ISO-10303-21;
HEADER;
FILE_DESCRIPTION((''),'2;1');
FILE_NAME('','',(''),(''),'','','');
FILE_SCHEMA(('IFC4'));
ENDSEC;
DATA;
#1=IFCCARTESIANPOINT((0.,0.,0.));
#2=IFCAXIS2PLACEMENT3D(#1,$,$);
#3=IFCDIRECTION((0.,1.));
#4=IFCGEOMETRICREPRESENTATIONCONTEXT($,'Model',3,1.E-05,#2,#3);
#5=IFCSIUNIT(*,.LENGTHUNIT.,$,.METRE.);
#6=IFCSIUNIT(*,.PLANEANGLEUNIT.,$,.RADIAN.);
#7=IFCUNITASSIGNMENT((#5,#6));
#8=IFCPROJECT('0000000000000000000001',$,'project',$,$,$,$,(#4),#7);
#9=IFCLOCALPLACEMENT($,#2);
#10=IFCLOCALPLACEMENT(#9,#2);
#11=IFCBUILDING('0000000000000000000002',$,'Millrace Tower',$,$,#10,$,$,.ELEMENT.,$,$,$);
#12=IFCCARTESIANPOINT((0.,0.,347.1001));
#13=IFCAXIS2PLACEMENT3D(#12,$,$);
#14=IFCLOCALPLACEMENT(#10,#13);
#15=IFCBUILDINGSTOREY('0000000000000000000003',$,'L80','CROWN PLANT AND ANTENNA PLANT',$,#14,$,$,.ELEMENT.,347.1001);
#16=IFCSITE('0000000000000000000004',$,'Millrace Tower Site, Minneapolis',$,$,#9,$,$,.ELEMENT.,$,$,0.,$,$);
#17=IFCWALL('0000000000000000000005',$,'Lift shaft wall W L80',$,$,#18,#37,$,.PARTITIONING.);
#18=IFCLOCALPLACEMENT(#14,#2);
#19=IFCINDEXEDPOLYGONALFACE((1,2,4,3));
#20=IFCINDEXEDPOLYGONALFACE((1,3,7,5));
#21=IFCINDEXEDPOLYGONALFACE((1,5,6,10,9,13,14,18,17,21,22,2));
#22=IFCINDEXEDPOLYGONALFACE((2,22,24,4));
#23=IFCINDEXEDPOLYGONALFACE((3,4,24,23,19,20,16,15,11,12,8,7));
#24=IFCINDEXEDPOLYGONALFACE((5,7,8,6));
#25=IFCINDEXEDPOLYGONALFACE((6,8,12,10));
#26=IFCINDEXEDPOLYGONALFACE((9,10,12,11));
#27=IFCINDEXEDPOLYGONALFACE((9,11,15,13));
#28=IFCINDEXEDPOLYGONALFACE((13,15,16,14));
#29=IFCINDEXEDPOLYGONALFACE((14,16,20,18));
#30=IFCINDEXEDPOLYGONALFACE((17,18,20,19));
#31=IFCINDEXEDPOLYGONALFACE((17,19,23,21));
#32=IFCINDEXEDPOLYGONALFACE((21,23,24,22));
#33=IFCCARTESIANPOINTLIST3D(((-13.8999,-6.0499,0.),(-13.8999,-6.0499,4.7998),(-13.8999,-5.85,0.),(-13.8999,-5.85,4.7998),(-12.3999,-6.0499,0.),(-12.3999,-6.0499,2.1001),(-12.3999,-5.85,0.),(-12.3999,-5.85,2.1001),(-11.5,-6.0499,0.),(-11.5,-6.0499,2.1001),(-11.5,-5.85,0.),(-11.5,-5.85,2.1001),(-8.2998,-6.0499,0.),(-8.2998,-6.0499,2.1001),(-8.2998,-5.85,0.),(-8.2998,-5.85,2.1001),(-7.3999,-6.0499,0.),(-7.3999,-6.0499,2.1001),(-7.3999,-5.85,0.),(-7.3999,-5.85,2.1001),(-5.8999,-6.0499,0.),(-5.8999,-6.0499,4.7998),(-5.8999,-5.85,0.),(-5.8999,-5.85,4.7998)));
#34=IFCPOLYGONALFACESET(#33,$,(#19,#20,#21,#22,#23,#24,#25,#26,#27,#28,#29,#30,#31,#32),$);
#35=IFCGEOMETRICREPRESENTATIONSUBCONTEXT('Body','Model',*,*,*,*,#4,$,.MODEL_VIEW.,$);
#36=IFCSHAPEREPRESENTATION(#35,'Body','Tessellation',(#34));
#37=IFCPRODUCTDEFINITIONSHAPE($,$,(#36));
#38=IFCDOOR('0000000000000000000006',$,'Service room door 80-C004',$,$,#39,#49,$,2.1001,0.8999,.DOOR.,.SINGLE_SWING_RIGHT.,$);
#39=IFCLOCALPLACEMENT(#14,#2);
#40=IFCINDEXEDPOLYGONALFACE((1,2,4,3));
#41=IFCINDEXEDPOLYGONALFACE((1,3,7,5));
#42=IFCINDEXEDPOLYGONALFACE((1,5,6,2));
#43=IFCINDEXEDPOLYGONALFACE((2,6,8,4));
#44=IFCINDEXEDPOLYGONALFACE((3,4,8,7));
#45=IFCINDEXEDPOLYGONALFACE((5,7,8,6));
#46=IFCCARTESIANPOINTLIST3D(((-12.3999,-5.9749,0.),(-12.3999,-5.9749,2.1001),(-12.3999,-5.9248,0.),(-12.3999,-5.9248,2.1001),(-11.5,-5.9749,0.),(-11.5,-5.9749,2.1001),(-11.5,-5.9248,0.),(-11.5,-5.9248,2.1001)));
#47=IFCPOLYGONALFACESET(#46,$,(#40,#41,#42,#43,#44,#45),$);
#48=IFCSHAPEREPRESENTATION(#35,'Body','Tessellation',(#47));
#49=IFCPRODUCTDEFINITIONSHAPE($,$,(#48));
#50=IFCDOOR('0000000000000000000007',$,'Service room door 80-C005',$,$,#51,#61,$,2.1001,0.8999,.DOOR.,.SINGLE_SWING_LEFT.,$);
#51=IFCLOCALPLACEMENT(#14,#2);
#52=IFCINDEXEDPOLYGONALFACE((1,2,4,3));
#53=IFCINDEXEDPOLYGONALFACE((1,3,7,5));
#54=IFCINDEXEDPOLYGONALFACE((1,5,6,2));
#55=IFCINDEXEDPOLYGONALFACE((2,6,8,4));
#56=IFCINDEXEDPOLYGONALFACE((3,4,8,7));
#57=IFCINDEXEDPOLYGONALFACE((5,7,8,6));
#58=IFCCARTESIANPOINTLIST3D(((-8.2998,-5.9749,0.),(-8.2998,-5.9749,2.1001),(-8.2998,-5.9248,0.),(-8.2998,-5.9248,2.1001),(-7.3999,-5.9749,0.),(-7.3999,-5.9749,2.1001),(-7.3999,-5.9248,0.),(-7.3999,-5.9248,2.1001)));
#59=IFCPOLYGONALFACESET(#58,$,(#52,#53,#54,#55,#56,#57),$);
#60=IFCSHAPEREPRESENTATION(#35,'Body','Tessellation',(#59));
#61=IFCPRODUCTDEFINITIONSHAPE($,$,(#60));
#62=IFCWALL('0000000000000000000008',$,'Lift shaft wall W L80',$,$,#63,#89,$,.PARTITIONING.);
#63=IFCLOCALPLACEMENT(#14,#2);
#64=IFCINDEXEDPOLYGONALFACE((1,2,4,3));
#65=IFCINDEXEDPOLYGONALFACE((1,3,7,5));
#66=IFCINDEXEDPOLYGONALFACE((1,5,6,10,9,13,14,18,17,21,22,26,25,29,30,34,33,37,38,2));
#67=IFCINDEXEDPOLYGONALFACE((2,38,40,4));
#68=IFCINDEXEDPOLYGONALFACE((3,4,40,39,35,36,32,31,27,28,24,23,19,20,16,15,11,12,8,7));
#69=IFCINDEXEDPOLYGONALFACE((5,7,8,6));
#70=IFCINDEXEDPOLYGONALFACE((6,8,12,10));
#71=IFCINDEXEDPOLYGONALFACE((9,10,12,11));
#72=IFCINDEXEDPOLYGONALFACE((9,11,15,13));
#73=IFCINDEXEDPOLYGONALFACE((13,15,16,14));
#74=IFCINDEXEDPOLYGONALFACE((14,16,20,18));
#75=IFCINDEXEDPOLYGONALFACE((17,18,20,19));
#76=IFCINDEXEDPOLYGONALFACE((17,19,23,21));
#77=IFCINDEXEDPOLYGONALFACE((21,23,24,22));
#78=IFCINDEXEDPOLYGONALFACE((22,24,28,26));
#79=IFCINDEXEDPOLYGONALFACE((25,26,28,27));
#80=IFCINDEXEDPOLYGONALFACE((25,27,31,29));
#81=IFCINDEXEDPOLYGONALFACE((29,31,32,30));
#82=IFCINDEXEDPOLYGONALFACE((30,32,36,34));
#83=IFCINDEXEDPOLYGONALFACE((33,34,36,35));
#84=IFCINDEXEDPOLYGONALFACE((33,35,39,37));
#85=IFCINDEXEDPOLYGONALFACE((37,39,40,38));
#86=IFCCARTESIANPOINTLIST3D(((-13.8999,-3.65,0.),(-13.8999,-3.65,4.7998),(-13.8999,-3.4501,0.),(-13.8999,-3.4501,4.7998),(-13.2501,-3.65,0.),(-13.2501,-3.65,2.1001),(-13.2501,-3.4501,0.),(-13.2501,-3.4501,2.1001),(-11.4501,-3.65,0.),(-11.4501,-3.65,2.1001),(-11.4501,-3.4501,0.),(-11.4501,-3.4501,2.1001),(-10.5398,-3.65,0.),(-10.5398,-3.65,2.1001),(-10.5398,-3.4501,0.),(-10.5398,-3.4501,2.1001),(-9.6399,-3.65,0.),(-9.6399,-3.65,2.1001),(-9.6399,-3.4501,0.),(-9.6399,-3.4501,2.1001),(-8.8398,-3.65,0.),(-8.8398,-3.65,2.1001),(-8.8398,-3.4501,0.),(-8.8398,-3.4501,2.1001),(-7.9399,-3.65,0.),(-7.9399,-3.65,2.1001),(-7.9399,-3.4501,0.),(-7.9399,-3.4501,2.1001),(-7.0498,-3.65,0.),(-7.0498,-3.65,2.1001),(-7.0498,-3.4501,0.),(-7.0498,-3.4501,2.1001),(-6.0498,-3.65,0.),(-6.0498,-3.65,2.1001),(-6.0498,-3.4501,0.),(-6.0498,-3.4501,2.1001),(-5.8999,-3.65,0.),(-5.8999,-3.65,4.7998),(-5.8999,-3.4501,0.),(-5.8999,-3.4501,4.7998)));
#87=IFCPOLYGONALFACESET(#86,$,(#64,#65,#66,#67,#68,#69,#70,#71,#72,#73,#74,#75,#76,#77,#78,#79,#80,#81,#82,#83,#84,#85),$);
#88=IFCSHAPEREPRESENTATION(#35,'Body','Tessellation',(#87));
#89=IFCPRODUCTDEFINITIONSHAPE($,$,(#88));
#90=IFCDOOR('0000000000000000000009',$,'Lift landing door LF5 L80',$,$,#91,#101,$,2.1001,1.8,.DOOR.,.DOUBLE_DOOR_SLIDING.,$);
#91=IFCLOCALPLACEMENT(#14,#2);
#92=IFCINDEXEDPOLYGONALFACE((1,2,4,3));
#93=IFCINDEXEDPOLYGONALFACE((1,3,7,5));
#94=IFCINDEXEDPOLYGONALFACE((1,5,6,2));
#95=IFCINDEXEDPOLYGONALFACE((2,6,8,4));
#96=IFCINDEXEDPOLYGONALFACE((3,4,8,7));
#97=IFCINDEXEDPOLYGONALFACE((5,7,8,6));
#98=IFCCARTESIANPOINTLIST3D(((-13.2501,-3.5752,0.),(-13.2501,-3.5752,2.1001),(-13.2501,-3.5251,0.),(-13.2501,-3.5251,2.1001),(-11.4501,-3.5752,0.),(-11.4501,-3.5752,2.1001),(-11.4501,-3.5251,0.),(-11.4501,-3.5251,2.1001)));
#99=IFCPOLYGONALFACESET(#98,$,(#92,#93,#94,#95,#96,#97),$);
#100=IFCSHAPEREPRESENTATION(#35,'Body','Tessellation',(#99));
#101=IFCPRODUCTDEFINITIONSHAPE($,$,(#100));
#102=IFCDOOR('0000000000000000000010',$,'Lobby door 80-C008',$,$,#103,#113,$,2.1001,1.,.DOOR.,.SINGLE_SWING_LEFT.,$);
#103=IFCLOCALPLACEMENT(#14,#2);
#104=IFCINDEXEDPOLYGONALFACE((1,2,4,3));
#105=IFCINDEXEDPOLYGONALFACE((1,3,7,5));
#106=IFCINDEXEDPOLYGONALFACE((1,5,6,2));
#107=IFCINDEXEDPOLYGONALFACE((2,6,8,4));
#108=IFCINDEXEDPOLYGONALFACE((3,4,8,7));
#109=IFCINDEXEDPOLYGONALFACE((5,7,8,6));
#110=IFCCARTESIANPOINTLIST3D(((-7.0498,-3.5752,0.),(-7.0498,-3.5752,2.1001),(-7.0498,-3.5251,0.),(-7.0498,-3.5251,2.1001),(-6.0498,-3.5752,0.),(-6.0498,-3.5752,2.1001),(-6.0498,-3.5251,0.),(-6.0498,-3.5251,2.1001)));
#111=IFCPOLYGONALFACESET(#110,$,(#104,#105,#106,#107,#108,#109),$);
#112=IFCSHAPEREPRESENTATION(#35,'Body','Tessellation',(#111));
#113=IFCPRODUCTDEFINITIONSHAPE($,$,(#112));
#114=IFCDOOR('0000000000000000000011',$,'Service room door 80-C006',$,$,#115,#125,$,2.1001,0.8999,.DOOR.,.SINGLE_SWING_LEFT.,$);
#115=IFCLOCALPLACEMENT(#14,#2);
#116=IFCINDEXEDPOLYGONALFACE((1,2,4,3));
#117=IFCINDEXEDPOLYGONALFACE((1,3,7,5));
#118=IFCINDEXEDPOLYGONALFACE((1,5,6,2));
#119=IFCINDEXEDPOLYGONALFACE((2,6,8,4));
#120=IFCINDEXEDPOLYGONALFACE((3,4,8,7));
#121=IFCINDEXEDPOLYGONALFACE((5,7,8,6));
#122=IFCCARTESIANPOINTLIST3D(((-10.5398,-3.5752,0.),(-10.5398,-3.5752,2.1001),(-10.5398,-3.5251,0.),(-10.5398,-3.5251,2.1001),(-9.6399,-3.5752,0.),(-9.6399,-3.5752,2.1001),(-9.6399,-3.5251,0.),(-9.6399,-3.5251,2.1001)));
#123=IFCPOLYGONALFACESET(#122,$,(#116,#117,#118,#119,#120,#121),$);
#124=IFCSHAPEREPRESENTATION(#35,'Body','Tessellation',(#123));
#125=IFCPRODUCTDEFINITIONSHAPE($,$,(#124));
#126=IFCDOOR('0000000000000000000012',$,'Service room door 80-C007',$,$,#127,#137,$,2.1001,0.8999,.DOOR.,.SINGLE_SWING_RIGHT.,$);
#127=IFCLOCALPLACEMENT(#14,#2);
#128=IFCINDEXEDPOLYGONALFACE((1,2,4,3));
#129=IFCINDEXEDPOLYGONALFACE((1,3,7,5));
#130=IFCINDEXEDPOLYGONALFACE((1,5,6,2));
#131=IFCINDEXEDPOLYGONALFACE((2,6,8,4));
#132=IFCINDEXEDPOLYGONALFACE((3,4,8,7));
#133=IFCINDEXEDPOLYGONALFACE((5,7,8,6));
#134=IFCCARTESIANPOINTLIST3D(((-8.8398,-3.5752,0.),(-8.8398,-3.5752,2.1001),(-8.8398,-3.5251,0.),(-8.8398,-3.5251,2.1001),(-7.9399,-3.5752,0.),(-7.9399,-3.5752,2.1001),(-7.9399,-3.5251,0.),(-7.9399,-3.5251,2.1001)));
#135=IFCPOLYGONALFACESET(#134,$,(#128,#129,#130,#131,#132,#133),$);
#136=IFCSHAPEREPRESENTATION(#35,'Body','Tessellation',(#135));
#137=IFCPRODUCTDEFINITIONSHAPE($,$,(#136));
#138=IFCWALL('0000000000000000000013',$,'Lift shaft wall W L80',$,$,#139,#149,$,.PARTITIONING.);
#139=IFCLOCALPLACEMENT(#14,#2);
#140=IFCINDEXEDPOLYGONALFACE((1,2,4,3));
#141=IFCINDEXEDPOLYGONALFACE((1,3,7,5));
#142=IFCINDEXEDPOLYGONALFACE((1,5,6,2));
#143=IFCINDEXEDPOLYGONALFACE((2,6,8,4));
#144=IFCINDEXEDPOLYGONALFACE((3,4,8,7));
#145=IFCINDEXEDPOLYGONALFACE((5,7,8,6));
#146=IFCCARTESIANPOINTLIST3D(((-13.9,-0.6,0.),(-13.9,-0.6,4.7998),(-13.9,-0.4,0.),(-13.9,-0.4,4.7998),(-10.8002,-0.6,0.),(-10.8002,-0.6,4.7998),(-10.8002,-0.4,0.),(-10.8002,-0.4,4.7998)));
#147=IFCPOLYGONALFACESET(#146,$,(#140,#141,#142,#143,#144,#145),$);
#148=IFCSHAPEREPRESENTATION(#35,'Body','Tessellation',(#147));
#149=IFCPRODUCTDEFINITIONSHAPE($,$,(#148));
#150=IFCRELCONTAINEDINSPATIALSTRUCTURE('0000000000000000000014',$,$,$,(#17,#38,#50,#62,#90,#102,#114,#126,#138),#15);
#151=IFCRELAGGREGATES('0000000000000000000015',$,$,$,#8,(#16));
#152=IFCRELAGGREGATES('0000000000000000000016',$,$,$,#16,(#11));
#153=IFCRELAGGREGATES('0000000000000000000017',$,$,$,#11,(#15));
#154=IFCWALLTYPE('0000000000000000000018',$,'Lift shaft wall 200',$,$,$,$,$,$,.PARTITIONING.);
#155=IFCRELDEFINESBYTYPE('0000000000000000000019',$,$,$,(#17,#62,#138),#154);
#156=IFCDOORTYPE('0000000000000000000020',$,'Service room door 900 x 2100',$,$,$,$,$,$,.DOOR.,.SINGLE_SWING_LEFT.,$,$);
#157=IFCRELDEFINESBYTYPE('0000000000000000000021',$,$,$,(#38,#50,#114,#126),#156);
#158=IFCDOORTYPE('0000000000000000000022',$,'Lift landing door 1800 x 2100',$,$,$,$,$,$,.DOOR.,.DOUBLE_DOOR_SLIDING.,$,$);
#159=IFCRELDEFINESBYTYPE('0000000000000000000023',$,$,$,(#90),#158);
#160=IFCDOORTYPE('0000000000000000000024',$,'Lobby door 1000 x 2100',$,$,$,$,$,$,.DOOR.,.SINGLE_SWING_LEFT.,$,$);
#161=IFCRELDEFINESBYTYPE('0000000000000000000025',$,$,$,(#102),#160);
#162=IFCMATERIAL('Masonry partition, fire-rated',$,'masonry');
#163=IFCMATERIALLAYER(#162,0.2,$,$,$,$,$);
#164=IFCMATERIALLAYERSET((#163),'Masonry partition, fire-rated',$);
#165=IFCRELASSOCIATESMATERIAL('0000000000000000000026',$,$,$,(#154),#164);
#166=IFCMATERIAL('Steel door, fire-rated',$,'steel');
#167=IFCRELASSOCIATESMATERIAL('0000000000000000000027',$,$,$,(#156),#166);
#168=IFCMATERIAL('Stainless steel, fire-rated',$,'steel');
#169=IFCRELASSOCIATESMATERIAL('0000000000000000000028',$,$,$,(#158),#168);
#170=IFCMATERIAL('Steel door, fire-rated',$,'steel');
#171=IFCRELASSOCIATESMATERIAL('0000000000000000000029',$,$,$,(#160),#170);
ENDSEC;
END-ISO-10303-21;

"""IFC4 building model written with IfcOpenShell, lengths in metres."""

from ifc_helpers import new_model, si_unit, direction, frame, frame_2d, origin, place, context, subcontext, project, spatial, rectangle, extrude, material, layer, layer_set, type_object, element, fill, save


model = new_model("IFC4")

# Units and contexts
model_context = context("Model", 3, precision=1e-05, world=origin(), true_north=direction((0.0, 1.0)))
body_context = subcontext(model_context, "Body", "Model", "MODEL_VIEW")
ifc_project = project(units=[si_unit("LENGTHUNIT", "METRE"), si_unit("PLANEANGLEUNIT", "RADIAN")], contexts=[model_context])

# Site, building, storey
site_placement = place(None, origin())
site = spatial("IfcSite", under=ifc_project, at=site_placement, Name="Millrace Tower Site, Minneapolis", CompositionType="ELEMENT", RefElevation=0.0)
building_placement = place(site_placement, origin())
building = spatial("IfcBuilding", under=site, at=building_placement, Name="Millrace Tower", CompositionType="ELEMENT")
storey_placement = place(building_placement, frame((0.0, 0.0, 347.1001)))
storey = spatial("IfcBuildingStorey", under=building, at=storey_placement, Name="L80", Description="CROWN PLANT AND ANTENNA PLANT", CompositionType="ELEMENT", Elevation=347.1001)

# Walls, openings, doors
ifc_material_1 = material(Name="Masonry partition, fire-rated", Category="masonry")
ifc_layer_1 = layer(ifc_material_1, 0.2)
ifc_layer_set_1 = layer_set([ifc_layer_1], Name="Masonry partition, fire-rated")
wall_type_1 = type_object("IfcWallType", Name="Lift shaft wall 200", PredefinedType="PARTITIONING", material=ifc_layer_set_1)
wall_1_placement = place(storey_placement, frame((-13.8999, -5.95, 0.0), z_axis=(0.0, 0.0, 1.0), x_axis=(1.0, 0.0, 0.0)))
wall_1 = element("IfcWall", 1, at=wall_1_placement, inside=storey, type_object=wall_type_1, Name="Lift shaft wall W L80", PredefinedType="PARTITIONING", context=body_context, shape_type="SweptSolid", body=[
    extrude(rectangle(XDim=8.0, YDim=0.2, at=frame_2d((4.0, 0.0))), origin(), (0.0, 0.0, 1.0), 4.7998),
])
opening_1_placement = place(wall_1_placement, frame((1.5, 0.0, 0.0)))
opening_1 = element("IfcOpeningElement", 2, at=opening_1_placement, cuts=wall_1, PredefinedType="OPENING", context=body_context, shape_type="SweptSolid", body=[
    extrude(rectangle(XDim=0.8999, YDim=2.1001, at=frame_2d((0.45, 1.05))), frame((0.0, 0.1099, 0.0), z_axis=(0.0, -1.0, 0.0), x_axis=(1.0, 0.0, 0.0)), (0.0, 0.0, 1.0), 0.22),
])
opening_2_placement = place(wall_1_placement, frame((5.6001, 0.0, 0.0)))
opening_2 = element("IfcOpeningElement", 3, at=opening_2_placement, cuts=wall_1, PredefinedType="OPENING", context=body_context, shape_type="SweptSolid", body=[
    extrude(rectangle(XDim=0.8999, YDim=2.1001, at=frame_2d((0.45, 1.05))), frame((0.0, 0.1099, 0.0), z_axis=(0.0, -1.0, 0.0), x_axis=(1.0, 0.0, 0.0)), (0.0, 0.0, 1.0), 0.22),
])
ifc_material_2 = material(Name="Steel door, fire-rated", Category="steel")
door_type_1 = type_object("IfcDoorType", Name="Service room door 900 x 2100", OperationType="SINGLE_SWING_LEFT", PredefinedType="DOOR", material=ifc_material_2)
door_1_placement = place(opening_1_placement, frame((0.8999, 0.0, 0.0), z_axis=(0.0, 0.0, 1.0), x_axis=(-1.0, 0.0, 0.0)))
door_1 = element("IfcDoor", 4, at=door_1_placement, inside=storey, type_object=door_type_1, Name="Service room door 80-C004", OperationType="SINGLE_SWING_RIGHT", OverallHeight=2.1001, OverallWidth=0.8999, PredefinedType="DOOR", context=body_context, shape_type="SweptSolid", body=[
    extrude(rectangle(XDim=0.8999, YDim=2.1001, at=frame_2d((0.45, 1.05))), frame((0.0, 0.0249, 0.0), z_axis=(0.0, -1.0, 0.0), x_axis=(1.0, 0.0, 0.0)), (0.0, 0.0, 1.0), 0.05),
])
fill(opening_1, door_1)
door_2_placement = place(opening_2_placement, frame((0.8999, 0.0, 0.0), z_axis=(0.0, 0.0, 1.0), x_axis=(-1.0, 0.0, 0.0)))
door_2 = element("IfcDoor", 5, at=door_2_placement, inside=storey, type_object=door_type_1, Name="Service room door 80-C005", OperationType="SINGLE_SWING_LEFT", OverallHeight=2.1001, OverallWidth=0.8999, PredefinedType="DOOR", context=body_context, shape_type="SweptSolid", body=[
    extrude(rectangle(XDim=0.8999, YDim=2.1001, at=frame_2d((0.45, 1.05))), frame((0.0, 0.0249, 0.0), z_axis=(0.0, -1.0, 0.0), x_axis=(1.0, 0.0, 0.0)), (0.0, 0.0, 1.0), 0.05),
])
fill(opening_2, door_2)
wall_2_placement = place(storey_placement, frame((-13.8999, -3.55, 0.0), z_axis=(0.0, 0.0, 1.0), x_axis=(1.0, 0.0, 0.0)))
wall_2 = element("IfcWall", 6, at=wall_2_placement, inside=storey, type_object=wall_type_1, Name="Lift shaft wall W L80", PredefinedType="PARTITIONING", context=body_context, shape_type="SweptSolid", body=[
    extrude(rectangle(XDim=8.0, YDim=0.2, at=frame_2d((4.0, 0.0))), origin(), (0.0, 0.0, 1.0), 4.7998),
])
opening_3_placement = place(wall_2_placement, frame((0.6499, 0.0, 0.0)))
opening_3 = element("IfcOpeningElement", 7, at=opening_3_placement, cuts=wall_2, PredefinedType="OPENING", context=body_context, shape_type="SweptSolid", body=[
    extrude(rectangle(XDim=1.8, YDim=2.1001, at=frame_2d((0.8999, 1.05))), frame((0.0, 0.1099, 0.0), z_axis=(0.0, -1.0, 0.0), x_axis=(1.0, 0.0, 0.0)), (0.0, 0.0, 1.0), 0.22),
])
opening_4_placement = place(wall_2_placement, frame((3.3601, 0.0, 0.0)))
opening_4 = element("IfcOpeningElement", 8, at=opening_4_placement, cuts=wall_2, PredefinedType="OPENING", context=body_context, shape_type="SweptSolid", body=[
    extrude(rectangle(XDim=0.8999, YDim=2.1001, at=frame_2d((0.45, 1.05))), frame((0.0, 0.1099, 0.0), z_axis=(0.0, -1.0, 0.0), x_axis=(1.0, 0.0, 0.0)), (0.0, 0.0, 1.0), 0.22),
])
opening_5_placement = place(wall_2_placement, frame((5.0601, 0.0, 0.0)))
opening_5 = element("IfcOpeningElement", 9, at=opening_5_placement, cuts=wall_2, PredefinedType="OPENING", context=body_context, shape_type="SweptSolid", body=[
    extrude(rectangle(XDim=0.8999, YDim=2.1001, at=frame_2d((0.45, 1.05))), frame((0.0, 0.1099, 0.0), z_axis=(0.0, -1.0, 0.0), x_axis=(1.0, 0.0, 0.0)), (0.0, 0.0, 1.0), 0.22),
])
opening_6_placement = place(wall_2_placement, frame((6.8501, 0.0, 0.0)))
opening_6 = element("IfcOpeningElement", 10, at=opening_6_placement, cuts=wall_2, PredefinedType="OPENING", context=body_context, shape_type="SweptSolid", body=[
    extrude(rectangle(XDim=1.0, YDim=2.1001, at=frame_2d((0.5, 1.05))), frame((0.0, 0.1099, 0.0), z_axis=(0.0, -1.0, 0.0), x_axis=(1.0, 0.0, 0.0)), (0.0, 0.0, 1.0), 0.22),
])
ifc_material_3 = material(Name="Stainless steel, fire-rated", Category="steel")
door_type_2 = type_object("IfcDoorType", Name="Lift landing door 1800 x 2100", OperationType="DOUBLE_DOOR_SLIDING", PredefinedType="DOOR", material=ifc_material_3)
door_3_placement = place(opening_3_placement, origin())
door_3 = element("IfcDoor", 11, at=door_3_placement, inside=storey, type_object=door_type_2, Name="Lift landing door LF5 L80", OperationType="DOUBLE_DOOR_SLIDING", OverallHeight=2.1001, OverallWidth=1.8, PredefinedType="DOOR", context=body_context, shape_type="SweptSolid", body=[
    extrude(rectangle(XDim=1.8, YDim=2.1001, at=frame_2d((0.8999, 1.05))), frame((0.0, 0.0249, 0.0), z_axis=(0.0, -1.0, 0.0), x_axis=(1.0, 0.0, 0.0)), (0.0, 0.0, 1.0), 0.05),
])
fill(opening_3, door_3)
ifc_material_4 = material(Name="Steel door, fire-rated", Category="steel")
door_type_3 = type_object("IfcDoorType", Name="Lobby door 1000 x 2100", OperationType="SINGLE_SWING_LEFT", PredefinedType="DOOR", material=ifc_material_4)
door_4_placement = place(opening_6_placement, origin())
door_4 = element("IfcDoor", 12, at=door_4_placement, inside=storey, type_object=door_type_3, Name="Lobby door 80-C008", OperationType="SINGLE_SWING_LEFT", OverallHeight=2.1001, OverallWidth=1.0, PredefinedType="DOOR", context=body_context, shape_type="SweptSolid", body=[
    extrude(rectangle(XDim=1.0, YDim=2.1001, at=frame_2d((0.5, 1.05))), frame((0.0, 0.0249, 0.0), z_axis=(0.0, -1.0, 0.0), x_axis=(1.0, 0.0, 0.0)), (0.0, 0.0, 1.0), 0.05),
])
fill(opening_6, door_4)
door_5_placement = place(opening_4_placement, origin())
door_5 = element("IfcDoor", 13, at=door_5_placement, inside=storey, type_object=door_type_1, Name="Service room door 80-C006", OperationType="SINGLE_SWING_LEFT", OverallHeight=2.1001, OverallWidth=0.8999, PredefinedType="DOOR", context=body_context, shape_type="SweptSolid", body=[
    extrude(rectangle(XDim=0.8999, YDim=2.1001, at=frame_2d((0.45, 1.05))), frame((0.0, 0.0249, 0.0), z_axis=(0.0, -1.0, 0.0), x_axis=(1.0, 0.0, 0.0)), (0.0, 0.0, 1.0), 0.05),
])
fill(opening_4, door_5)
door_6_placement = place(opening_5_placement, origin())
door_6 = element("IfcDoor", 14, at=door_6_placement, inside=storey, type_object=door_type_1, Name="Service room door 80-C007", OperationType="SINGLE_SWING_RIGHT", OverallHeight=2.1001, OverallWidth=0.8999, PredefinedType="DOOR", context=body_context, shape_type="SweptSolid", body=[
    extrude(rectangle(XDim=0.8999, YDim=2.1001, at=frame_2d((0.45, 1.05))), frame((0.0, 0.0249, 0.0), z_axis=(0.0, -1.0, 0.0), x_axis=(1.0, 0.0, 0.0)), (0.0, 0.0, 1.0), 0.05),
])
fill(opening_5, door_6)

# Wall
wall_3_placement = place(storey_placement, frame((-13.8999, -0.5, 0.0), z_axis=(0.0, 0.0, 1.0), x_axis=(1.0, 0.0, 0.0)))
element("IfcWall", 15, at=wall_3_placement, inside=storey, type_object=wall_type_1, Name="Lift shaft wall W L80", PredefinedType="PARTITIONING", context=body_context, shape_type="SweptSolid", body=[
    extrude(rectangle(XDim=3.0999, YDim=0.2, at=frame_2d((1.5498, 0.0))), origin(), (0.0, 0.0, 1.0), 4.7998),
])

save(model, "model.ifc")
